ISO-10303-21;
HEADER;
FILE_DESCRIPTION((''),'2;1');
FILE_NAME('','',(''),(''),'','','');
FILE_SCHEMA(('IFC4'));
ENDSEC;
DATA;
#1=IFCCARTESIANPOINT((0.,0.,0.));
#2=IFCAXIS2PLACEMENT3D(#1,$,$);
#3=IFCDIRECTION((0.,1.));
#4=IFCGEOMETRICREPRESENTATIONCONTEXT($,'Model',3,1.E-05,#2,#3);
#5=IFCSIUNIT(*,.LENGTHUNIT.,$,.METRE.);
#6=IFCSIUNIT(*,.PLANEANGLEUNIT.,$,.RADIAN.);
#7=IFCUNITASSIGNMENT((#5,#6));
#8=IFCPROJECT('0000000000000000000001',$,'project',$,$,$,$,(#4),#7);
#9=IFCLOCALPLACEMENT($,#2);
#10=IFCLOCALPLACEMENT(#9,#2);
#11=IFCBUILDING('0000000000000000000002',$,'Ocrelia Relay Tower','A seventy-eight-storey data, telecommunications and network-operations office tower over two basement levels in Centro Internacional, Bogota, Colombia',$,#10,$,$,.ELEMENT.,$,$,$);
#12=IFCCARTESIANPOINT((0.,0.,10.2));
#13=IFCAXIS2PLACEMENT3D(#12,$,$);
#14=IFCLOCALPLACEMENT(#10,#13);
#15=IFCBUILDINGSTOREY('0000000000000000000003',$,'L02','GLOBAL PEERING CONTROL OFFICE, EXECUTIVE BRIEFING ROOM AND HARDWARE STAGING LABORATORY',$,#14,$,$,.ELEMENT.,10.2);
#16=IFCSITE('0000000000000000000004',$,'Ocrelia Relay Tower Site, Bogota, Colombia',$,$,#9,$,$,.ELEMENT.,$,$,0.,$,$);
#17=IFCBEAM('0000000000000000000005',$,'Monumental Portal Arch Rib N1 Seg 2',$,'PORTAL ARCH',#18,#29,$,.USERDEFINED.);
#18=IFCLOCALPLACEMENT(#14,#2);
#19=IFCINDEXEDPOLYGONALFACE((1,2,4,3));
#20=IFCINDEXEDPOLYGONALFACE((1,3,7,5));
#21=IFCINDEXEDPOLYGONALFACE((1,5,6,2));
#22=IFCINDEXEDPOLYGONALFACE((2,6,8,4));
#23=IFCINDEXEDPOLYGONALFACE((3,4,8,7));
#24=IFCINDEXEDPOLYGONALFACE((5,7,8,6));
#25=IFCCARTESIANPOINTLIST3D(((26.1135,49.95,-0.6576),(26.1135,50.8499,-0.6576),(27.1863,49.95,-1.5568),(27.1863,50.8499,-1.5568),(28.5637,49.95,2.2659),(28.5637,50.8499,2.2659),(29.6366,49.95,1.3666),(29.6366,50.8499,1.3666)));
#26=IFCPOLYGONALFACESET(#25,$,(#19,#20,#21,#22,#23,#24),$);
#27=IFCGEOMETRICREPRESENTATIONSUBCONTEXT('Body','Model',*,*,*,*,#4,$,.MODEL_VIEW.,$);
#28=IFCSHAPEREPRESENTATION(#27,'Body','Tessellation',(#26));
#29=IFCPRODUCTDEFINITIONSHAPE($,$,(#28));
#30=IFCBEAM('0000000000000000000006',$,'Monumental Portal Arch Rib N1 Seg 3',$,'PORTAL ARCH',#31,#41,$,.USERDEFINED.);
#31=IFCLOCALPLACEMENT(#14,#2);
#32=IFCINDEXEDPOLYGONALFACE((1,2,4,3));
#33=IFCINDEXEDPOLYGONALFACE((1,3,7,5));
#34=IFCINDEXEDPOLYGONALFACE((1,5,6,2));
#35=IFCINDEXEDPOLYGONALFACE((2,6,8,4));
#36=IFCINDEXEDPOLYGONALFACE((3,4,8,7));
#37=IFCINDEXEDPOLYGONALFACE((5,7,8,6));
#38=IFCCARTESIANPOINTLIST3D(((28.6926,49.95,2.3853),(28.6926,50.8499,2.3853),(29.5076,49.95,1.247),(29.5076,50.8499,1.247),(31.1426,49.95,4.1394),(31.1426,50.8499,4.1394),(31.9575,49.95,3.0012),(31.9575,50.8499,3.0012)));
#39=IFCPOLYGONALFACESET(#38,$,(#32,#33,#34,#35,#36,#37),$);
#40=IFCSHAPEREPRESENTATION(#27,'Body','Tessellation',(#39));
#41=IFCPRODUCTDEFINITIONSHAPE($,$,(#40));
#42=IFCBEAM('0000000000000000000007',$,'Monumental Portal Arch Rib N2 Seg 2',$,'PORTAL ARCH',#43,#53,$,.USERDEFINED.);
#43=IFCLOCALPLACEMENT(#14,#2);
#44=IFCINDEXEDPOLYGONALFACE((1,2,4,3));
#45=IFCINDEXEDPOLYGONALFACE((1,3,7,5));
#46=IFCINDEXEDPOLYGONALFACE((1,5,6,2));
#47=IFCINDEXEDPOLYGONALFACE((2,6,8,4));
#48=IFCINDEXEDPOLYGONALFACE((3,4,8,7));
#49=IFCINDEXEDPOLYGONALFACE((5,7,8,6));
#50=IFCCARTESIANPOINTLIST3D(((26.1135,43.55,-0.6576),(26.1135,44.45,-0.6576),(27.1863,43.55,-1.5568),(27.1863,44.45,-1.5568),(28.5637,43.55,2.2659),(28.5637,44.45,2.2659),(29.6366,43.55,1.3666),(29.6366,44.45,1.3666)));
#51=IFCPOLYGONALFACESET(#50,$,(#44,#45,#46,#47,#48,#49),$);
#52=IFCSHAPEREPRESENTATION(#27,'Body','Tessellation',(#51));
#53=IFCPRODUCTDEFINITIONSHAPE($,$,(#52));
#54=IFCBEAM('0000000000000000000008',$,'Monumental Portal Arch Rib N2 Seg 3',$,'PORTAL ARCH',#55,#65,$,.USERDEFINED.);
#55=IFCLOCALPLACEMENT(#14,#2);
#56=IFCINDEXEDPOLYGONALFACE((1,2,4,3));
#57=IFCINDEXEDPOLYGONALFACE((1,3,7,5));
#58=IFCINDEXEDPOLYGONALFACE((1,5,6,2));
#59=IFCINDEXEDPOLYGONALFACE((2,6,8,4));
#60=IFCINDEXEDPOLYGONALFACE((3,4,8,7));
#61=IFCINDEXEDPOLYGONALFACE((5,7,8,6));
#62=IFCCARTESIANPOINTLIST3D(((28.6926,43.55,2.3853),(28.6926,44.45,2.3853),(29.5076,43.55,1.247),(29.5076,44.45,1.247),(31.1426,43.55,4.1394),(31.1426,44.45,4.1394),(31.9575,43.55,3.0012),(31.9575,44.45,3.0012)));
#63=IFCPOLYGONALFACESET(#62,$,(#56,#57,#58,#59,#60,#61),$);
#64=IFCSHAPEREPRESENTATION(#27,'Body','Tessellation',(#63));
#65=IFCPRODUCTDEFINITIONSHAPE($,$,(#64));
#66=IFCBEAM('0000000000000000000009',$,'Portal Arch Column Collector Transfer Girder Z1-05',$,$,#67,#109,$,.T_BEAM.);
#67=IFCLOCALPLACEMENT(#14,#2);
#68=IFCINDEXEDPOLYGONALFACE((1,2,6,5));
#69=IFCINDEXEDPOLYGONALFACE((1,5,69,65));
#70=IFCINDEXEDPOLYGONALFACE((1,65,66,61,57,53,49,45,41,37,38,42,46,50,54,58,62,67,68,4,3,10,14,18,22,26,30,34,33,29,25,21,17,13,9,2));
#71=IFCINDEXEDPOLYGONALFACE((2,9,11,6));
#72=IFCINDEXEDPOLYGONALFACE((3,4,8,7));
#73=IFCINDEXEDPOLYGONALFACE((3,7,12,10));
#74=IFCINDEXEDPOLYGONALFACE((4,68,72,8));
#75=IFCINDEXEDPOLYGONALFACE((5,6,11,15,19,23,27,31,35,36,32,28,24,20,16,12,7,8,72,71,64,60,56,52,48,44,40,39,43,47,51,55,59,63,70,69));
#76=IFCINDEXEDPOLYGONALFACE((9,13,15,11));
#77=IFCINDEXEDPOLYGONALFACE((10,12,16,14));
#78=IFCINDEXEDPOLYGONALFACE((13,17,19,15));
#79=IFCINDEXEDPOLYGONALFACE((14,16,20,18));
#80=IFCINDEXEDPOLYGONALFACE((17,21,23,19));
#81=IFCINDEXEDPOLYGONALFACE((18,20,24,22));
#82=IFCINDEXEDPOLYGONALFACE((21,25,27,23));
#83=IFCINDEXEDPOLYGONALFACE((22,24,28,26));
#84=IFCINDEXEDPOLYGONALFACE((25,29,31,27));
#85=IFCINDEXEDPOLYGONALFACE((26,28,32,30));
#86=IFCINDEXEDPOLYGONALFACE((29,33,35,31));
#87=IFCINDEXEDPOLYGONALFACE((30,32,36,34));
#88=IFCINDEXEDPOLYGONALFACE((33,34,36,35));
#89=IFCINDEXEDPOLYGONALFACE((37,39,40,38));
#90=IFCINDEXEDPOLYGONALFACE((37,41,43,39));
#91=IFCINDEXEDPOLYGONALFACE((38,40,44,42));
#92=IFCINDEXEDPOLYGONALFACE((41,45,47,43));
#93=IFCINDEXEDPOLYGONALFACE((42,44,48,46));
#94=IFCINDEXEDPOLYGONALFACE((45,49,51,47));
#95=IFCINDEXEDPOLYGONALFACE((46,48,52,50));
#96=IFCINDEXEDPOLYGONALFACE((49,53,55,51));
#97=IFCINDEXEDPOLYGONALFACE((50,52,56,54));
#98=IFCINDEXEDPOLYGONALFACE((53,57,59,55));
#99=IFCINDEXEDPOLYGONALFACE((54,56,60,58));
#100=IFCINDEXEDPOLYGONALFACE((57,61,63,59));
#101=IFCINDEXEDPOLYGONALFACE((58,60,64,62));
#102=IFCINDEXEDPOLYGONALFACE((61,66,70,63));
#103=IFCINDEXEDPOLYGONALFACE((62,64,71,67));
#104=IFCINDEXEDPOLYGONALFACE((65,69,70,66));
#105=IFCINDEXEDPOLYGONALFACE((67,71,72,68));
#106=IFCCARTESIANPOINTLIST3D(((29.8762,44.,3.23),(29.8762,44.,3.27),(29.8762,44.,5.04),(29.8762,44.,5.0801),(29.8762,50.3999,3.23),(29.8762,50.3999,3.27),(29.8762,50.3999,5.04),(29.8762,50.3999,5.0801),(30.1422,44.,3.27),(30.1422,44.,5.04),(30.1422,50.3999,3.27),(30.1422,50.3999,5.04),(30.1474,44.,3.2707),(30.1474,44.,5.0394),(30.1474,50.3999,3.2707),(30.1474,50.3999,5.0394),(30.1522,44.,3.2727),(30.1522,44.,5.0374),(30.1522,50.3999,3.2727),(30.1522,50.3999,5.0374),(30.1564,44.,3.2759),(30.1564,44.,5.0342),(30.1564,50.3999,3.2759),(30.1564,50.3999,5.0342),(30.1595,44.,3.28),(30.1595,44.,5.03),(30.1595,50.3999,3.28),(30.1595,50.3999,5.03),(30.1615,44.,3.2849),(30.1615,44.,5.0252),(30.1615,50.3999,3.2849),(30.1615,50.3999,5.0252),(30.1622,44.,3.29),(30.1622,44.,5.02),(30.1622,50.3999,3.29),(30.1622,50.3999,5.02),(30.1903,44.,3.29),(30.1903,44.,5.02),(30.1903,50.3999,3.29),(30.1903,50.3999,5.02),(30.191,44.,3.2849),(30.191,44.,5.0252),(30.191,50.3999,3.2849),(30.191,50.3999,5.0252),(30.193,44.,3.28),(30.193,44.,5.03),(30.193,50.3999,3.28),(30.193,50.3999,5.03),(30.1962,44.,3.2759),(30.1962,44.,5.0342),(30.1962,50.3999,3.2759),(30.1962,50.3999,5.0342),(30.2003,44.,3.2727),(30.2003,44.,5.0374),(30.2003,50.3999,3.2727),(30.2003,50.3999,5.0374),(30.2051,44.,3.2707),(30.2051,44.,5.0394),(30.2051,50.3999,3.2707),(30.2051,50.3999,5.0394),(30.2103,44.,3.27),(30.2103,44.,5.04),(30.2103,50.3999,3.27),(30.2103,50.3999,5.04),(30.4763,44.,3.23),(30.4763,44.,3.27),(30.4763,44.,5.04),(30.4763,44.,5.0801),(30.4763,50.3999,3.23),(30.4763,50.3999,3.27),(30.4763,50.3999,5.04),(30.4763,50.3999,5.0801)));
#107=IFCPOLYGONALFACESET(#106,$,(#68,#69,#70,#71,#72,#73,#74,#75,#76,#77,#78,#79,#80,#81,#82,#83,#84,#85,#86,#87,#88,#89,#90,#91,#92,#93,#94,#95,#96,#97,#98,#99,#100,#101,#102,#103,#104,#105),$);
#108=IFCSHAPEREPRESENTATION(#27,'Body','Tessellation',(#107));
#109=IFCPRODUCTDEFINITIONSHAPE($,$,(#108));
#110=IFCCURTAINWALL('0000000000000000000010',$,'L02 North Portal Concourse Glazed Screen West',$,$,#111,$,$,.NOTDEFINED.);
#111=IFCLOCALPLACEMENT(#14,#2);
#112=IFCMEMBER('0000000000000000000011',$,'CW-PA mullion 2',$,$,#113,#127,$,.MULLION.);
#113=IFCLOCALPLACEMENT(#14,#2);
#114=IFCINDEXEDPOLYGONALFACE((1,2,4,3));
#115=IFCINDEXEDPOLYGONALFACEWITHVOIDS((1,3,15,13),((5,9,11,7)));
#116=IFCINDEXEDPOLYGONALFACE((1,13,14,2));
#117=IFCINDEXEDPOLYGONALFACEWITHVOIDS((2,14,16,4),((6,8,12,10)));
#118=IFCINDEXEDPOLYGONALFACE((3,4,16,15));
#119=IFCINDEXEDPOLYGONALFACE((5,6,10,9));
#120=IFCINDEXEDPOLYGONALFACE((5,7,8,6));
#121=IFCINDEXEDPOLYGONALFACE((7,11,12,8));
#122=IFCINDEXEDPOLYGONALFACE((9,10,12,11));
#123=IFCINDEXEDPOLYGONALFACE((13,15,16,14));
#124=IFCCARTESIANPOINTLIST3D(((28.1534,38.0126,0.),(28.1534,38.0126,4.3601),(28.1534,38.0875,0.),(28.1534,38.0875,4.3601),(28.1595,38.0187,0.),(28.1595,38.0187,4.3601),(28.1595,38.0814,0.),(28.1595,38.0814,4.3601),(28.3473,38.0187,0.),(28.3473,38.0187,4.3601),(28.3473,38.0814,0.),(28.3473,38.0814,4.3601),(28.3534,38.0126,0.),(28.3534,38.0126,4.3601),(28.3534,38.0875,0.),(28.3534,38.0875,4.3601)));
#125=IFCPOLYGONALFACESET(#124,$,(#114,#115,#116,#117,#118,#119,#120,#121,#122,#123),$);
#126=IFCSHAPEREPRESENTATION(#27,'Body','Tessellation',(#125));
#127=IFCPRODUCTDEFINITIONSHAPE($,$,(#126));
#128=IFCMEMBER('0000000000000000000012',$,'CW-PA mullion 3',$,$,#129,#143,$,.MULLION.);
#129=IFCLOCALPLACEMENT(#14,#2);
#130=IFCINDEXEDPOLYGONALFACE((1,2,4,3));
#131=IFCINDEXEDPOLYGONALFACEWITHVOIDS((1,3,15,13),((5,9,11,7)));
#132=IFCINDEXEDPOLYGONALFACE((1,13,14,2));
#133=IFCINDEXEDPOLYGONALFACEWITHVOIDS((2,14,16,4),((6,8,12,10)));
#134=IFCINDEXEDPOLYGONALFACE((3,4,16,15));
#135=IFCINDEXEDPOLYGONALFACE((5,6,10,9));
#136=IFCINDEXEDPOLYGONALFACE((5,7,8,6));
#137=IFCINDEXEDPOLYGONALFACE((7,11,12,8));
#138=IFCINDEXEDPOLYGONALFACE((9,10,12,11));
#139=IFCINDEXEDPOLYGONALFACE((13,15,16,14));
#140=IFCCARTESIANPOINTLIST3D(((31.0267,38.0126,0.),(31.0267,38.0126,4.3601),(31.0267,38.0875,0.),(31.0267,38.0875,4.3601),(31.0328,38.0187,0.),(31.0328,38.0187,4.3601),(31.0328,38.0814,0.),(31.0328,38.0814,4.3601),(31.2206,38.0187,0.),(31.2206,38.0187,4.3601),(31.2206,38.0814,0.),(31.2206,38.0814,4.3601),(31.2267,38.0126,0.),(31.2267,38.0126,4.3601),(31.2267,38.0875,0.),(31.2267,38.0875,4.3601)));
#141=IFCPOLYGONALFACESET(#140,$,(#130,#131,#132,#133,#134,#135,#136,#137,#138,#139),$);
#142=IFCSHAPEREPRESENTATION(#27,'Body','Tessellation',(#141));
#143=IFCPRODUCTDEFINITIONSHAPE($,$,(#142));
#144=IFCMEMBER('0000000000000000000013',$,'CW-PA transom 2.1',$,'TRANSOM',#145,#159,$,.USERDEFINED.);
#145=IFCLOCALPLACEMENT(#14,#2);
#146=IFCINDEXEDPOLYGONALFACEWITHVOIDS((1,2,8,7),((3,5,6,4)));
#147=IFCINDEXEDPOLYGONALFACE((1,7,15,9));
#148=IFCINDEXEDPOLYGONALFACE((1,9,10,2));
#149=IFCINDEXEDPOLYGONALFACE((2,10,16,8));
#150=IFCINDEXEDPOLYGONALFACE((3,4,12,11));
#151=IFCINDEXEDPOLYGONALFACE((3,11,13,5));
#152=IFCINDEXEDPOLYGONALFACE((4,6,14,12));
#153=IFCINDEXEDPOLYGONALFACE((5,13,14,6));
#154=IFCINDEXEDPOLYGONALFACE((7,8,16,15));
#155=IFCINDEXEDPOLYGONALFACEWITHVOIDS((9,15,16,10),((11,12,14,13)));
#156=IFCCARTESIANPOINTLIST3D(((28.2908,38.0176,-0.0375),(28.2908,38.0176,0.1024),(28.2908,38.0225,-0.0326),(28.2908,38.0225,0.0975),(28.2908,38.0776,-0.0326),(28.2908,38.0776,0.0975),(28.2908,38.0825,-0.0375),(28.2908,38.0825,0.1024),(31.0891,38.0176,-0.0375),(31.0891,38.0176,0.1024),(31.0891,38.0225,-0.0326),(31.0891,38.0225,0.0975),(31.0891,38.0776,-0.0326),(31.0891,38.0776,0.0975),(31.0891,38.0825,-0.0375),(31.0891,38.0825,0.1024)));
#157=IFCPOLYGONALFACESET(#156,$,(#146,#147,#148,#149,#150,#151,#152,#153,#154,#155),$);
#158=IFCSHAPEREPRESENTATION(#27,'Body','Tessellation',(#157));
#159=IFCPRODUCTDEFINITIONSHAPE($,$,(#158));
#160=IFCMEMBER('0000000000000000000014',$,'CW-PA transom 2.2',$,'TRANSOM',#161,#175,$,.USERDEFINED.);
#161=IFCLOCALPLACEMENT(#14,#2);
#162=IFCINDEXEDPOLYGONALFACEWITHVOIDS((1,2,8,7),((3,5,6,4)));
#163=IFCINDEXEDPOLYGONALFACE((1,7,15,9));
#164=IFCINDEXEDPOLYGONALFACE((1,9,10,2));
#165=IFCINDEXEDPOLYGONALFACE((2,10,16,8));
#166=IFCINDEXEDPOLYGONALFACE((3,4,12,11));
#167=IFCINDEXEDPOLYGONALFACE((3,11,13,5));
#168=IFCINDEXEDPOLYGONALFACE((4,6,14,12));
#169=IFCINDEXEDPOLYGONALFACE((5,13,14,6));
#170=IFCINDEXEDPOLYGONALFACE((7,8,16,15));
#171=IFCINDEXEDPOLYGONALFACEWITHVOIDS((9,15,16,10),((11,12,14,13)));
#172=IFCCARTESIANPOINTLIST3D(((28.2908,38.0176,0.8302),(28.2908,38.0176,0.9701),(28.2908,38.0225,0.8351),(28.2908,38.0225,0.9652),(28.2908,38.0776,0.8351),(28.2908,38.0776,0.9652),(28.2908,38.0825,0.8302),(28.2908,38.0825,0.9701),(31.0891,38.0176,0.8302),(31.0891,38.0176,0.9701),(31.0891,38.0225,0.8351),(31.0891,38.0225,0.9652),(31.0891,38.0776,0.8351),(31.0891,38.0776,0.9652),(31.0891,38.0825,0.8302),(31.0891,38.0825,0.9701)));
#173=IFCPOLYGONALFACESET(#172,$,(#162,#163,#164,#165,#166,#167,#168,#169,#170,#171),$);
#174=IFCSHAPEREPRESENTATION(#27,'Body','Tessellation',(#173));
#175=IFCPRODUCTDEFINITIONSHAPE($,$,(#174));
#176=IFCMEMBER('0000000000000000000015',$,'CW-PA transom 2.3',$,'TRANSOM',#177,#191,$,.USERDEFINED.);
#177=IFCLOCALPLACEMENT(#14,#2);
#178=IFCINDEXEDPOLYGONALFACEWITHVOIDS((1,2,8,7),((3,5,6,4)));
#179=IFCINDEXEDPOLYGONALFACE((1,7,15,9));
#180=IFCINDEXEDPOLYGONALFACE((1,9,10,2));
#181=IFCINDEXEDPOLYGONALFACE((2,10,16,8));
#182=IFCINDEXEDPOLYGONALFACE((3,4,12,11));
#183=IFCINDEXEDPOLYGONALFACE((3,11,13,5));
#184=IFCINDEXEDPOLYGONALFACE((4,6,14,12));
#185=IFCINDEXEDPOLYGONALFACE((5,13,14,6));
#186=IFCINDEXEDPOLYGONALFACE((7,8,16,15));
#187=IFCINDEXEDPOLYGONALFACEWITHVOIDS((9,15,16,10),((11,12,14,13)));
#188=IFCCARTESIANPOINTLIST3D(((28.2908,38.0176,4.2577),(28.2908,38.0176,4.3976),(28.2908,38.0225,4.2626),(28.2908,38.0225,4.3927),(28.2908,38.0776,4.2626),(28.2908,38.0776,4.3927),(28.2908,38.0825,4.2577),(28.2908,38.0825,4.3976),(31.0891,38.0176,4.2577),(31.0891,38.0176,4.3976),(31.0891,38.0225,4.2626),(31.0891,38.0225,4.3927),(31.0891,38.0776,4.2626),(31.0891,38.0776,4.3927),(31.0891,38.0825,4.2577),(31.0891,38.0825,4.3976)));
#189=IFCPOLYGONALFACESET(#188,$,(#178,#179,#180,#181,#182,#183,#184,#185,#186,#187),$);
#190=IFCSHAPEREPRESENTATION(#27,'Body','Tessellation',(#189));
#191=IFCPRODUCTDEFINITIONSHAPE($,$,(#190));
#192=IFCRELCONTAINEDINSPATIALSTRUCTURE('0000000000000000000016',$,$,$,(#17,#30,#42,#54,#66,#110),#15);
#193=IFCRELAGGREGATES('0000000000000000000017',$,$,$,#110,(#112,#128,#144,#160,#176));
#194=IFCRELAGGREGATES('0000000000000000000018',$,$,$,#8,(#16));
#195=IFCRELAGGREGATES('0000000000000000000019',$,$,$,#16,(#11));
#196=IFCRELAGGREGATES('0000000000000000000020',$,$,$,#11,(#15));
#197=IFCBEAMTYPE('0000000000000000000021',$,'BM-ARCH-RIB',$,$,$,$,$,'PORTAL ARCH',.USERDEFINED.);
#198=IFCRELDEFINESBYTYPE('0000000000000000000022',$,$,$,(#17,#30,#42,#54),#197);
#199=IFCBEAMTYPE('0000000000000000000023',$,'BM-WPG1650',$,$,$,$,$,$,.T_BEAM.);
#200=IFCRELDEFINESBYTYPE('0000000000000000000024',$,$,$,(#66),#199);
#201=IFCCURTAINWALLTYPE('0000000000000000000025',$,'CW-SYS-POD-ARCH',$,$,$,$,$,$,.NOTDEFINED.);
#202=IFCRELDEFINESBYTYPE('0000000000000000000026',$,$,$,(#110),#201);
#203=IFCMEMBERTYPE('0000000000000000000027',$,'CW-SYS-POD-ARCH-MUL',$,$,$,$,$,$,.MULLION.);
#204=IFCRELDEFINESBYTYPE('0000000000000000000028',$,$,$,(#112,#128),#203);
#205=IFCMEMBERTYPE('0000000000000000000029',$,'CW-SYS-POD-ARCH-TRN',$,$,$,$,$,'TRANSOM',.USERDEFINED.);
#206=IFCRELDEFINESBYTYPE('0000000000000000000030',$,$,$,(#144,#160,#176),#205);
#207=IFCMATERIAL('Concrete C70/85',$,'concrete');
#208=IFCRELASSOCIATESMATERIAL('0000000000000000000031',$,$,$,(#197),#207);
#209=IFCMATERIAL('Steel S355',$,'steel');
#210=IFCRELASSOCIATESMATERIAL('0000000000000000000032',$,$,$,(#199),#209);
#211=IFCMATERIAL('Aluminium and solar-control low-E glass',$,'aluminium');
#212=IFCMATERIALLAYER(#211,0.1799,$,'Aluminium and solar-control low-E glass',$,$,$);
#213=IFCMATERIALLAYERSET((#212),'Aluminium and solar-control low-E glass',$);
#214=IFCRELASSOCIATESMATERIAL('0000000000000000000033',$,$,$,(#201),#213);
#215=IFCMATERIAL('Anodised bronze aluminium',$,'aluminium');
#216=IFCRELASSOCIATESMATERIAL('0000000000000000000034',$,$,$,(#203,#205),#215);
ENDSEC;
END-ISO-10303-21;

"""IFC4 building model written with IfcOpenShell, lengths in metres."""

from ifc_helpers import new_model, si_unit, direction, frame, origin, origin_2d, place, context, subcontext, project, spatial, rectangle, hollow_rectangle, i_section, extrude, material, layer, layer_set, material_profile, profile_set, type_object, element, aggregate, save


model = new_model("IFC4")

# Units and contexts
model_context = context("Model", 3, precision=1e-05, world=origin(), true_north=direction((0.0, 1.0)))
body_context = subcontext(model_context, "Body", "Model", "MODEL_VIEW")
ifc_project = project(units=[si_unit("LENGTHUNIT", "METRE"), si_unit("PLANEANGLEUNIT", "RADIAN")], contexts=[model_context])

# Site, building, storey
site_placement = place(None, origin())
site = spatial("IfcSite", under=ifc_project, at=site_placement, Name="Ocrelia Relay Tower Site, Bogota, Colombia", CompositionType="ELEMENT", RefElevation=0.0)
building_placement = place(site_placement, origin())
building = spatial("IfcBuilding", under=site, at=building_placement, Name="Ocrelia Relay Tower", Description="A seventy-eight-storey data, telecommunications and network-operations office tower over two basement levels in Centro Internacional, Bogota, Colombia", CompositionType="ELEMENT")
storey_placement = place(building_placement, frame((0.0, 0.0, 10.2)))
storey = spatial("IfcBuildingStorey", under=building, at=storey_placement, Name="L02", Description="GLOBAL PEERING CONTROL OFFICE, EXECUTIVE BRIEFING ROOM AND HARDWARE STAGING LABORATORY", CompositionType="ELEMENT", Elevation=10.2)

# Beams
ifc_material_1 = material(Name="Concrete C70/85", Category="concrete")
ifc_material_profile_1 = material_profile(ifc_material_1, rectangle(XDim=0.8999, YDim=1.3999, at=origin_2d()), Name="RC-BM-900x1400")
ifc_profile_set_1 = profile_set([ifc_material_profile_1], Name="Concrete C70/85")
beam_type_1 = type_object("IfcBeamType", Name="BM-ARCH-RIB", ElementType="PORTAL ARCH", PredefinedType="USERDEFINED", material=ifc_profile_set_1)
beam_1_placement = place(storey_placement, frame((26.6499, 50.3999, -1.1072), z_axis=(0.64236, 0.0, 0.766403), x_axis=(0.0, 1.0, 0.0)))
element("IfcBeam", 1, at=beam_1_placement, inside=storey, type_object=beam_type_1, Name="Monumental Portal Arch Rib N1 Seg 2", ObjectType="PORTAL ARCH", PredefinedType="USERDEFINED", context=body_context, shape_type="SweptSolid", body=[
    extrude(rectangle(XDim=0.8999, YDim=1.3999, at=origin_2d()), origin(), (0.0, 0.0, 1.0), 3.8145),
])
beam_2_placement = place(storey_placement, frame((29.1001, 50.3999, 1.8162), z_axis=(0.813076, 0.0, 0.582158), x_axis=(0.0, 1.0, 0.0)))
element("IfcBeam", 2, at=beam_2_placement, inside=storey, type_object=beam_type_1, Name="Monumental Portal Arch Rib N1 Seg 3", ObjectType="PORTAL ARCH", PredefinedType="USERDEFINED", context=body_context, shape_type="SweptSolid", body=[
    extrude(rectangle(XDim=0.8999, YDim=1.3999, at=origin_2d()), origin(), (0.0, 0.0, 1.0), 3.0132),
])
beam_3_placement = place(storey_placement, frame((26.6499, 44.0, -1.1072), z_axis=(0.64236, 0.0, 0.766403), x_axis=(0.0, 1.0, 0.0)))
element("IfcBeam", 3, at=beam_3_placement, inside=storey, type_object=beam_type_1, Name="Monumental Portal Arch Rib N2 Seg 2", ObjectType="PORTAL ARCH", PredefinedType="USERDEFINED", context=body_context, shape_type="SweptSolid", body=[
    extrude(rectangle(XDim=0.8999, YDim=1.3999, at=origin_2d()), origin(), (0.0, 0.0, 1.0), 3.8145),
])
beam_4_placement = place(storey_placement, frame((29.1001, 44.0, 1.8162), z_axis=(0.813076, 0.0, 0.582158), x_axis=(0.0, 1.0, 0.0)))
element("IfcBeam", 4, at=beam_4_placement, inside=storey, type_object=beam_type_1, Name="Monumental Portal Arch Rib N2 Seg 3", ObjectType="PORTAL ARCH", PredefinedType="USERDEFINED", context=body_context, shape_type="SweptSolid", body=[
    extrude(rectangle(XDim=0.8999, YDim=1.3999, at=origin_2d()), origin(), (0.0, 0.0, 1.0), 3.0132),
])
ifc_material_2 = material(Name="Steel S355", Category="steel")
ifc_material_profile_2 = material_profile(ifc_material_2, i_section(OverallWidth=0.6001, OverallDepth=1.8501, WebThickness=0.0281, FlangeThickness=0.04, FilletRadius=0.02, at=origin_2d()), Name="WPG 1850x600")
ifc_profile_set_2 = profile_set([ifc_material_profile_2], Name="Steel S355")
beam_type_2 = type_object("IfcBeamType", Name="BM-WPG1650", PredefinedType="T_BEAM", material=ifc_profile_set_2)
beam_5_placement = place(storey_placement, frame((30.1763, 44.0, 4.155), z_axis=(0.0, 1.0, 0.0), x_axis=(-1.0, 0.0, 0.0)))
element("IfcBeam", 5, at=beam_5_placement, inside=storey, type_object=beam_type_2, Name="Portal Arch Column Collector Transfer Girder Z1-05", PredefinedType="T_BEAM", context=body_context, shape_type="SweptSolid", body=[
    extrude(i_section(OverallWidth=0.6001, OverallDepth=1.8501, WebThickness=0.0281, FlangeThickness=0.04, FilletRadius=0.02, at=origin_2d()), origin(), (0.0, 0.0, 1.0), 6.3999),
])

# Curtain wall, members
ifc_material_3 = material(Name="Aluminium and solar-control low-E glass", Category="aluminium")
ifc_layer_1 = layer(ifc_material_3, 0.1799, Name="Aluminium and solar-control low-E glass")
ifc_layer_set_1 = layer_set([ifc_layer_1], Name="Aluminium and solar-control low-E glass")
curtain_wall_type = type_object("IfcCurtainWallType", Name="CW-SYS-POD-ARCH", PredefinedType="NOTDEFINED", material=ifc_layer_set_1)
curtain_wall_placement = place(storey_placement, origin())
curtain_wall = element("IfcCurtainWall", 6, at=curtain_wall_placement, inside=storey, type_object=curtain_wall_type, Name="L02 North Portal Concourse Glazed Screen West", PredefinedType="NOTDEFINED")
ifc_material_4 = material(Name="Anodised bronze aluminium", Category="aluminium")
ifc_material_profile_3 = material_profile(ifc_material_4, hollow_rectangle(XDim=0.075, YDim=0.2, WallThickness=0.0061, at=origin_2d()), Name="CW-MUL-200x75")
ifc_profile_set_3 = profile_set([ifc_material_profile_3], Name="Anodised bronze aluminium")
member_type_1 = type_object("IfcMemberType", Name="CW-SYS-POD-ARCH-MUL", PredefinedType="MULLION", material=ifc_profile_set_3)
member_1_placement = place(storey_placement, frame((28.2534, 38.05, 0.0), z_axis=(0.0, 0.0, 1.0), x_axis=(0.0, 1.0, 0.0)))
member_1 = element("IfcMember", 7, at=member_1_placement, type_object=member_type_1, Name="CW-PA mullion 2", PredefinedType="MULLION", context=body_context, shape_type="SweptSolid", body=[
    extrude(hollow_rectangle(XDim=0.075, YDim=0.2, WallThickness=0.0061, at=origin_2d()), origin(), (0.0, 0.0, 1.0), 4.3601),
])
member_2_placement = place(storey_placement, frame((31.1267, 38.05, 0.0), z_axis=(0.0, 0.0, 1.0), x_axis=(0.0, 1.0, 0.0)))
member_2 = element("IfcMember", 8, at=member_2_placement, type_object=member_type_1, Name="CW-PA mullion 3", PredefinedType="MULLION", context=body_context, shape_type="SweptSolid", body=[
    extrude(hollow_rectangle(XDim=0.075, YDim=0.2, WallThickness=0.0061, at=origin_2d()), origin(), (0.0, 0.0, 1.0), 4.3601),
])
ifc_material_profile_4 = material_profile(ifc_material_4, hollow_rectangle(XDim=0.0649, YDim=0.1399, WallThickness=0.0049, at=origin_2d()), Name="CW-TRN-140x65")
ifc_profile_set_4 = profile_set([ifc_material_profile_4], Name="Anodised bronze aluminium")
member_type_2 = type_object("IfcMemberType", Name="CW-SYS-POD-ARCH-TRN", ElementType="TRANSOM", PredefinedType="USERDEFINED", material=ifc_profile_set_4)
member_3_placement = place(storey_placement, frame((28.2908, 38.05, 0.0325), z_axis=(1.0, 0.0, 0.0), x_axis=(0.0, 1.0, 0.0)))
member_3 = element("IfcMember", 9, at=member_3_placement, type_object=member_type_2, Name="CW-PA transom 2.1", ObjectType="TRANSOM", PredefinedType="USERDEFINED", context=body_context, shape_type="SweptSolid", body=[
    extrude(hollow_rectangle(XDim=0.0649, YDim=0.1399, WallThickness=0.0049, at=origin_2d()), origin(), (0.0, 0.0, 1.0), 2.7983),
])
member_4_placement = place(storey_placement, frame((28.2908, 38.05, 0.9001), z_axis=(1.0, 0.0, 0.0), x_axis=(0.0, 1.0, 0.0)))
member_4 = element("IfcMember", 10, at=member_4_placement, type_object=member_type_2, Name="CW-PA transom 2.2", ObjectType="TRANSOM", PredefinedType="USERDEFINED", context=body_context, shape_type="SweptSolid", body=[
    extrude(hollow_rectangle(XDim=0.0649, YDim=0.1399, WallThickness=0.0049, at=origin_2d()), origin(), (0.0, 0.0, 1.0), 2.7983),
])
member_5_placement = place(storey_placement, frame((28.2908, 38.05, 4.3276), z_axis=(1.0, 0.0, 0.0), x_axis=(0.0, 1.0, 0.0)))
member_5 = element("IfcMember", 11, at=member_5_placement, type_object=member_type_2, Name="CW-PA transom 2.3", ObjectType="TRANSOM", PredefinedType="USERDEFINED", context=body_context, shape_type="SweptSolid", body=[
    extrude(hollow_rectangle(XDim=0.0649, YDim=0.1399, WallThickness=0.0049, at=origin_2d()), origin(), (0.0, 0.0, 1.0), 2.7983),
])

aggregate(curtain_wall, [member_1, member_2, member_3, member_4, member_5])

save(model, "model.ifc")
